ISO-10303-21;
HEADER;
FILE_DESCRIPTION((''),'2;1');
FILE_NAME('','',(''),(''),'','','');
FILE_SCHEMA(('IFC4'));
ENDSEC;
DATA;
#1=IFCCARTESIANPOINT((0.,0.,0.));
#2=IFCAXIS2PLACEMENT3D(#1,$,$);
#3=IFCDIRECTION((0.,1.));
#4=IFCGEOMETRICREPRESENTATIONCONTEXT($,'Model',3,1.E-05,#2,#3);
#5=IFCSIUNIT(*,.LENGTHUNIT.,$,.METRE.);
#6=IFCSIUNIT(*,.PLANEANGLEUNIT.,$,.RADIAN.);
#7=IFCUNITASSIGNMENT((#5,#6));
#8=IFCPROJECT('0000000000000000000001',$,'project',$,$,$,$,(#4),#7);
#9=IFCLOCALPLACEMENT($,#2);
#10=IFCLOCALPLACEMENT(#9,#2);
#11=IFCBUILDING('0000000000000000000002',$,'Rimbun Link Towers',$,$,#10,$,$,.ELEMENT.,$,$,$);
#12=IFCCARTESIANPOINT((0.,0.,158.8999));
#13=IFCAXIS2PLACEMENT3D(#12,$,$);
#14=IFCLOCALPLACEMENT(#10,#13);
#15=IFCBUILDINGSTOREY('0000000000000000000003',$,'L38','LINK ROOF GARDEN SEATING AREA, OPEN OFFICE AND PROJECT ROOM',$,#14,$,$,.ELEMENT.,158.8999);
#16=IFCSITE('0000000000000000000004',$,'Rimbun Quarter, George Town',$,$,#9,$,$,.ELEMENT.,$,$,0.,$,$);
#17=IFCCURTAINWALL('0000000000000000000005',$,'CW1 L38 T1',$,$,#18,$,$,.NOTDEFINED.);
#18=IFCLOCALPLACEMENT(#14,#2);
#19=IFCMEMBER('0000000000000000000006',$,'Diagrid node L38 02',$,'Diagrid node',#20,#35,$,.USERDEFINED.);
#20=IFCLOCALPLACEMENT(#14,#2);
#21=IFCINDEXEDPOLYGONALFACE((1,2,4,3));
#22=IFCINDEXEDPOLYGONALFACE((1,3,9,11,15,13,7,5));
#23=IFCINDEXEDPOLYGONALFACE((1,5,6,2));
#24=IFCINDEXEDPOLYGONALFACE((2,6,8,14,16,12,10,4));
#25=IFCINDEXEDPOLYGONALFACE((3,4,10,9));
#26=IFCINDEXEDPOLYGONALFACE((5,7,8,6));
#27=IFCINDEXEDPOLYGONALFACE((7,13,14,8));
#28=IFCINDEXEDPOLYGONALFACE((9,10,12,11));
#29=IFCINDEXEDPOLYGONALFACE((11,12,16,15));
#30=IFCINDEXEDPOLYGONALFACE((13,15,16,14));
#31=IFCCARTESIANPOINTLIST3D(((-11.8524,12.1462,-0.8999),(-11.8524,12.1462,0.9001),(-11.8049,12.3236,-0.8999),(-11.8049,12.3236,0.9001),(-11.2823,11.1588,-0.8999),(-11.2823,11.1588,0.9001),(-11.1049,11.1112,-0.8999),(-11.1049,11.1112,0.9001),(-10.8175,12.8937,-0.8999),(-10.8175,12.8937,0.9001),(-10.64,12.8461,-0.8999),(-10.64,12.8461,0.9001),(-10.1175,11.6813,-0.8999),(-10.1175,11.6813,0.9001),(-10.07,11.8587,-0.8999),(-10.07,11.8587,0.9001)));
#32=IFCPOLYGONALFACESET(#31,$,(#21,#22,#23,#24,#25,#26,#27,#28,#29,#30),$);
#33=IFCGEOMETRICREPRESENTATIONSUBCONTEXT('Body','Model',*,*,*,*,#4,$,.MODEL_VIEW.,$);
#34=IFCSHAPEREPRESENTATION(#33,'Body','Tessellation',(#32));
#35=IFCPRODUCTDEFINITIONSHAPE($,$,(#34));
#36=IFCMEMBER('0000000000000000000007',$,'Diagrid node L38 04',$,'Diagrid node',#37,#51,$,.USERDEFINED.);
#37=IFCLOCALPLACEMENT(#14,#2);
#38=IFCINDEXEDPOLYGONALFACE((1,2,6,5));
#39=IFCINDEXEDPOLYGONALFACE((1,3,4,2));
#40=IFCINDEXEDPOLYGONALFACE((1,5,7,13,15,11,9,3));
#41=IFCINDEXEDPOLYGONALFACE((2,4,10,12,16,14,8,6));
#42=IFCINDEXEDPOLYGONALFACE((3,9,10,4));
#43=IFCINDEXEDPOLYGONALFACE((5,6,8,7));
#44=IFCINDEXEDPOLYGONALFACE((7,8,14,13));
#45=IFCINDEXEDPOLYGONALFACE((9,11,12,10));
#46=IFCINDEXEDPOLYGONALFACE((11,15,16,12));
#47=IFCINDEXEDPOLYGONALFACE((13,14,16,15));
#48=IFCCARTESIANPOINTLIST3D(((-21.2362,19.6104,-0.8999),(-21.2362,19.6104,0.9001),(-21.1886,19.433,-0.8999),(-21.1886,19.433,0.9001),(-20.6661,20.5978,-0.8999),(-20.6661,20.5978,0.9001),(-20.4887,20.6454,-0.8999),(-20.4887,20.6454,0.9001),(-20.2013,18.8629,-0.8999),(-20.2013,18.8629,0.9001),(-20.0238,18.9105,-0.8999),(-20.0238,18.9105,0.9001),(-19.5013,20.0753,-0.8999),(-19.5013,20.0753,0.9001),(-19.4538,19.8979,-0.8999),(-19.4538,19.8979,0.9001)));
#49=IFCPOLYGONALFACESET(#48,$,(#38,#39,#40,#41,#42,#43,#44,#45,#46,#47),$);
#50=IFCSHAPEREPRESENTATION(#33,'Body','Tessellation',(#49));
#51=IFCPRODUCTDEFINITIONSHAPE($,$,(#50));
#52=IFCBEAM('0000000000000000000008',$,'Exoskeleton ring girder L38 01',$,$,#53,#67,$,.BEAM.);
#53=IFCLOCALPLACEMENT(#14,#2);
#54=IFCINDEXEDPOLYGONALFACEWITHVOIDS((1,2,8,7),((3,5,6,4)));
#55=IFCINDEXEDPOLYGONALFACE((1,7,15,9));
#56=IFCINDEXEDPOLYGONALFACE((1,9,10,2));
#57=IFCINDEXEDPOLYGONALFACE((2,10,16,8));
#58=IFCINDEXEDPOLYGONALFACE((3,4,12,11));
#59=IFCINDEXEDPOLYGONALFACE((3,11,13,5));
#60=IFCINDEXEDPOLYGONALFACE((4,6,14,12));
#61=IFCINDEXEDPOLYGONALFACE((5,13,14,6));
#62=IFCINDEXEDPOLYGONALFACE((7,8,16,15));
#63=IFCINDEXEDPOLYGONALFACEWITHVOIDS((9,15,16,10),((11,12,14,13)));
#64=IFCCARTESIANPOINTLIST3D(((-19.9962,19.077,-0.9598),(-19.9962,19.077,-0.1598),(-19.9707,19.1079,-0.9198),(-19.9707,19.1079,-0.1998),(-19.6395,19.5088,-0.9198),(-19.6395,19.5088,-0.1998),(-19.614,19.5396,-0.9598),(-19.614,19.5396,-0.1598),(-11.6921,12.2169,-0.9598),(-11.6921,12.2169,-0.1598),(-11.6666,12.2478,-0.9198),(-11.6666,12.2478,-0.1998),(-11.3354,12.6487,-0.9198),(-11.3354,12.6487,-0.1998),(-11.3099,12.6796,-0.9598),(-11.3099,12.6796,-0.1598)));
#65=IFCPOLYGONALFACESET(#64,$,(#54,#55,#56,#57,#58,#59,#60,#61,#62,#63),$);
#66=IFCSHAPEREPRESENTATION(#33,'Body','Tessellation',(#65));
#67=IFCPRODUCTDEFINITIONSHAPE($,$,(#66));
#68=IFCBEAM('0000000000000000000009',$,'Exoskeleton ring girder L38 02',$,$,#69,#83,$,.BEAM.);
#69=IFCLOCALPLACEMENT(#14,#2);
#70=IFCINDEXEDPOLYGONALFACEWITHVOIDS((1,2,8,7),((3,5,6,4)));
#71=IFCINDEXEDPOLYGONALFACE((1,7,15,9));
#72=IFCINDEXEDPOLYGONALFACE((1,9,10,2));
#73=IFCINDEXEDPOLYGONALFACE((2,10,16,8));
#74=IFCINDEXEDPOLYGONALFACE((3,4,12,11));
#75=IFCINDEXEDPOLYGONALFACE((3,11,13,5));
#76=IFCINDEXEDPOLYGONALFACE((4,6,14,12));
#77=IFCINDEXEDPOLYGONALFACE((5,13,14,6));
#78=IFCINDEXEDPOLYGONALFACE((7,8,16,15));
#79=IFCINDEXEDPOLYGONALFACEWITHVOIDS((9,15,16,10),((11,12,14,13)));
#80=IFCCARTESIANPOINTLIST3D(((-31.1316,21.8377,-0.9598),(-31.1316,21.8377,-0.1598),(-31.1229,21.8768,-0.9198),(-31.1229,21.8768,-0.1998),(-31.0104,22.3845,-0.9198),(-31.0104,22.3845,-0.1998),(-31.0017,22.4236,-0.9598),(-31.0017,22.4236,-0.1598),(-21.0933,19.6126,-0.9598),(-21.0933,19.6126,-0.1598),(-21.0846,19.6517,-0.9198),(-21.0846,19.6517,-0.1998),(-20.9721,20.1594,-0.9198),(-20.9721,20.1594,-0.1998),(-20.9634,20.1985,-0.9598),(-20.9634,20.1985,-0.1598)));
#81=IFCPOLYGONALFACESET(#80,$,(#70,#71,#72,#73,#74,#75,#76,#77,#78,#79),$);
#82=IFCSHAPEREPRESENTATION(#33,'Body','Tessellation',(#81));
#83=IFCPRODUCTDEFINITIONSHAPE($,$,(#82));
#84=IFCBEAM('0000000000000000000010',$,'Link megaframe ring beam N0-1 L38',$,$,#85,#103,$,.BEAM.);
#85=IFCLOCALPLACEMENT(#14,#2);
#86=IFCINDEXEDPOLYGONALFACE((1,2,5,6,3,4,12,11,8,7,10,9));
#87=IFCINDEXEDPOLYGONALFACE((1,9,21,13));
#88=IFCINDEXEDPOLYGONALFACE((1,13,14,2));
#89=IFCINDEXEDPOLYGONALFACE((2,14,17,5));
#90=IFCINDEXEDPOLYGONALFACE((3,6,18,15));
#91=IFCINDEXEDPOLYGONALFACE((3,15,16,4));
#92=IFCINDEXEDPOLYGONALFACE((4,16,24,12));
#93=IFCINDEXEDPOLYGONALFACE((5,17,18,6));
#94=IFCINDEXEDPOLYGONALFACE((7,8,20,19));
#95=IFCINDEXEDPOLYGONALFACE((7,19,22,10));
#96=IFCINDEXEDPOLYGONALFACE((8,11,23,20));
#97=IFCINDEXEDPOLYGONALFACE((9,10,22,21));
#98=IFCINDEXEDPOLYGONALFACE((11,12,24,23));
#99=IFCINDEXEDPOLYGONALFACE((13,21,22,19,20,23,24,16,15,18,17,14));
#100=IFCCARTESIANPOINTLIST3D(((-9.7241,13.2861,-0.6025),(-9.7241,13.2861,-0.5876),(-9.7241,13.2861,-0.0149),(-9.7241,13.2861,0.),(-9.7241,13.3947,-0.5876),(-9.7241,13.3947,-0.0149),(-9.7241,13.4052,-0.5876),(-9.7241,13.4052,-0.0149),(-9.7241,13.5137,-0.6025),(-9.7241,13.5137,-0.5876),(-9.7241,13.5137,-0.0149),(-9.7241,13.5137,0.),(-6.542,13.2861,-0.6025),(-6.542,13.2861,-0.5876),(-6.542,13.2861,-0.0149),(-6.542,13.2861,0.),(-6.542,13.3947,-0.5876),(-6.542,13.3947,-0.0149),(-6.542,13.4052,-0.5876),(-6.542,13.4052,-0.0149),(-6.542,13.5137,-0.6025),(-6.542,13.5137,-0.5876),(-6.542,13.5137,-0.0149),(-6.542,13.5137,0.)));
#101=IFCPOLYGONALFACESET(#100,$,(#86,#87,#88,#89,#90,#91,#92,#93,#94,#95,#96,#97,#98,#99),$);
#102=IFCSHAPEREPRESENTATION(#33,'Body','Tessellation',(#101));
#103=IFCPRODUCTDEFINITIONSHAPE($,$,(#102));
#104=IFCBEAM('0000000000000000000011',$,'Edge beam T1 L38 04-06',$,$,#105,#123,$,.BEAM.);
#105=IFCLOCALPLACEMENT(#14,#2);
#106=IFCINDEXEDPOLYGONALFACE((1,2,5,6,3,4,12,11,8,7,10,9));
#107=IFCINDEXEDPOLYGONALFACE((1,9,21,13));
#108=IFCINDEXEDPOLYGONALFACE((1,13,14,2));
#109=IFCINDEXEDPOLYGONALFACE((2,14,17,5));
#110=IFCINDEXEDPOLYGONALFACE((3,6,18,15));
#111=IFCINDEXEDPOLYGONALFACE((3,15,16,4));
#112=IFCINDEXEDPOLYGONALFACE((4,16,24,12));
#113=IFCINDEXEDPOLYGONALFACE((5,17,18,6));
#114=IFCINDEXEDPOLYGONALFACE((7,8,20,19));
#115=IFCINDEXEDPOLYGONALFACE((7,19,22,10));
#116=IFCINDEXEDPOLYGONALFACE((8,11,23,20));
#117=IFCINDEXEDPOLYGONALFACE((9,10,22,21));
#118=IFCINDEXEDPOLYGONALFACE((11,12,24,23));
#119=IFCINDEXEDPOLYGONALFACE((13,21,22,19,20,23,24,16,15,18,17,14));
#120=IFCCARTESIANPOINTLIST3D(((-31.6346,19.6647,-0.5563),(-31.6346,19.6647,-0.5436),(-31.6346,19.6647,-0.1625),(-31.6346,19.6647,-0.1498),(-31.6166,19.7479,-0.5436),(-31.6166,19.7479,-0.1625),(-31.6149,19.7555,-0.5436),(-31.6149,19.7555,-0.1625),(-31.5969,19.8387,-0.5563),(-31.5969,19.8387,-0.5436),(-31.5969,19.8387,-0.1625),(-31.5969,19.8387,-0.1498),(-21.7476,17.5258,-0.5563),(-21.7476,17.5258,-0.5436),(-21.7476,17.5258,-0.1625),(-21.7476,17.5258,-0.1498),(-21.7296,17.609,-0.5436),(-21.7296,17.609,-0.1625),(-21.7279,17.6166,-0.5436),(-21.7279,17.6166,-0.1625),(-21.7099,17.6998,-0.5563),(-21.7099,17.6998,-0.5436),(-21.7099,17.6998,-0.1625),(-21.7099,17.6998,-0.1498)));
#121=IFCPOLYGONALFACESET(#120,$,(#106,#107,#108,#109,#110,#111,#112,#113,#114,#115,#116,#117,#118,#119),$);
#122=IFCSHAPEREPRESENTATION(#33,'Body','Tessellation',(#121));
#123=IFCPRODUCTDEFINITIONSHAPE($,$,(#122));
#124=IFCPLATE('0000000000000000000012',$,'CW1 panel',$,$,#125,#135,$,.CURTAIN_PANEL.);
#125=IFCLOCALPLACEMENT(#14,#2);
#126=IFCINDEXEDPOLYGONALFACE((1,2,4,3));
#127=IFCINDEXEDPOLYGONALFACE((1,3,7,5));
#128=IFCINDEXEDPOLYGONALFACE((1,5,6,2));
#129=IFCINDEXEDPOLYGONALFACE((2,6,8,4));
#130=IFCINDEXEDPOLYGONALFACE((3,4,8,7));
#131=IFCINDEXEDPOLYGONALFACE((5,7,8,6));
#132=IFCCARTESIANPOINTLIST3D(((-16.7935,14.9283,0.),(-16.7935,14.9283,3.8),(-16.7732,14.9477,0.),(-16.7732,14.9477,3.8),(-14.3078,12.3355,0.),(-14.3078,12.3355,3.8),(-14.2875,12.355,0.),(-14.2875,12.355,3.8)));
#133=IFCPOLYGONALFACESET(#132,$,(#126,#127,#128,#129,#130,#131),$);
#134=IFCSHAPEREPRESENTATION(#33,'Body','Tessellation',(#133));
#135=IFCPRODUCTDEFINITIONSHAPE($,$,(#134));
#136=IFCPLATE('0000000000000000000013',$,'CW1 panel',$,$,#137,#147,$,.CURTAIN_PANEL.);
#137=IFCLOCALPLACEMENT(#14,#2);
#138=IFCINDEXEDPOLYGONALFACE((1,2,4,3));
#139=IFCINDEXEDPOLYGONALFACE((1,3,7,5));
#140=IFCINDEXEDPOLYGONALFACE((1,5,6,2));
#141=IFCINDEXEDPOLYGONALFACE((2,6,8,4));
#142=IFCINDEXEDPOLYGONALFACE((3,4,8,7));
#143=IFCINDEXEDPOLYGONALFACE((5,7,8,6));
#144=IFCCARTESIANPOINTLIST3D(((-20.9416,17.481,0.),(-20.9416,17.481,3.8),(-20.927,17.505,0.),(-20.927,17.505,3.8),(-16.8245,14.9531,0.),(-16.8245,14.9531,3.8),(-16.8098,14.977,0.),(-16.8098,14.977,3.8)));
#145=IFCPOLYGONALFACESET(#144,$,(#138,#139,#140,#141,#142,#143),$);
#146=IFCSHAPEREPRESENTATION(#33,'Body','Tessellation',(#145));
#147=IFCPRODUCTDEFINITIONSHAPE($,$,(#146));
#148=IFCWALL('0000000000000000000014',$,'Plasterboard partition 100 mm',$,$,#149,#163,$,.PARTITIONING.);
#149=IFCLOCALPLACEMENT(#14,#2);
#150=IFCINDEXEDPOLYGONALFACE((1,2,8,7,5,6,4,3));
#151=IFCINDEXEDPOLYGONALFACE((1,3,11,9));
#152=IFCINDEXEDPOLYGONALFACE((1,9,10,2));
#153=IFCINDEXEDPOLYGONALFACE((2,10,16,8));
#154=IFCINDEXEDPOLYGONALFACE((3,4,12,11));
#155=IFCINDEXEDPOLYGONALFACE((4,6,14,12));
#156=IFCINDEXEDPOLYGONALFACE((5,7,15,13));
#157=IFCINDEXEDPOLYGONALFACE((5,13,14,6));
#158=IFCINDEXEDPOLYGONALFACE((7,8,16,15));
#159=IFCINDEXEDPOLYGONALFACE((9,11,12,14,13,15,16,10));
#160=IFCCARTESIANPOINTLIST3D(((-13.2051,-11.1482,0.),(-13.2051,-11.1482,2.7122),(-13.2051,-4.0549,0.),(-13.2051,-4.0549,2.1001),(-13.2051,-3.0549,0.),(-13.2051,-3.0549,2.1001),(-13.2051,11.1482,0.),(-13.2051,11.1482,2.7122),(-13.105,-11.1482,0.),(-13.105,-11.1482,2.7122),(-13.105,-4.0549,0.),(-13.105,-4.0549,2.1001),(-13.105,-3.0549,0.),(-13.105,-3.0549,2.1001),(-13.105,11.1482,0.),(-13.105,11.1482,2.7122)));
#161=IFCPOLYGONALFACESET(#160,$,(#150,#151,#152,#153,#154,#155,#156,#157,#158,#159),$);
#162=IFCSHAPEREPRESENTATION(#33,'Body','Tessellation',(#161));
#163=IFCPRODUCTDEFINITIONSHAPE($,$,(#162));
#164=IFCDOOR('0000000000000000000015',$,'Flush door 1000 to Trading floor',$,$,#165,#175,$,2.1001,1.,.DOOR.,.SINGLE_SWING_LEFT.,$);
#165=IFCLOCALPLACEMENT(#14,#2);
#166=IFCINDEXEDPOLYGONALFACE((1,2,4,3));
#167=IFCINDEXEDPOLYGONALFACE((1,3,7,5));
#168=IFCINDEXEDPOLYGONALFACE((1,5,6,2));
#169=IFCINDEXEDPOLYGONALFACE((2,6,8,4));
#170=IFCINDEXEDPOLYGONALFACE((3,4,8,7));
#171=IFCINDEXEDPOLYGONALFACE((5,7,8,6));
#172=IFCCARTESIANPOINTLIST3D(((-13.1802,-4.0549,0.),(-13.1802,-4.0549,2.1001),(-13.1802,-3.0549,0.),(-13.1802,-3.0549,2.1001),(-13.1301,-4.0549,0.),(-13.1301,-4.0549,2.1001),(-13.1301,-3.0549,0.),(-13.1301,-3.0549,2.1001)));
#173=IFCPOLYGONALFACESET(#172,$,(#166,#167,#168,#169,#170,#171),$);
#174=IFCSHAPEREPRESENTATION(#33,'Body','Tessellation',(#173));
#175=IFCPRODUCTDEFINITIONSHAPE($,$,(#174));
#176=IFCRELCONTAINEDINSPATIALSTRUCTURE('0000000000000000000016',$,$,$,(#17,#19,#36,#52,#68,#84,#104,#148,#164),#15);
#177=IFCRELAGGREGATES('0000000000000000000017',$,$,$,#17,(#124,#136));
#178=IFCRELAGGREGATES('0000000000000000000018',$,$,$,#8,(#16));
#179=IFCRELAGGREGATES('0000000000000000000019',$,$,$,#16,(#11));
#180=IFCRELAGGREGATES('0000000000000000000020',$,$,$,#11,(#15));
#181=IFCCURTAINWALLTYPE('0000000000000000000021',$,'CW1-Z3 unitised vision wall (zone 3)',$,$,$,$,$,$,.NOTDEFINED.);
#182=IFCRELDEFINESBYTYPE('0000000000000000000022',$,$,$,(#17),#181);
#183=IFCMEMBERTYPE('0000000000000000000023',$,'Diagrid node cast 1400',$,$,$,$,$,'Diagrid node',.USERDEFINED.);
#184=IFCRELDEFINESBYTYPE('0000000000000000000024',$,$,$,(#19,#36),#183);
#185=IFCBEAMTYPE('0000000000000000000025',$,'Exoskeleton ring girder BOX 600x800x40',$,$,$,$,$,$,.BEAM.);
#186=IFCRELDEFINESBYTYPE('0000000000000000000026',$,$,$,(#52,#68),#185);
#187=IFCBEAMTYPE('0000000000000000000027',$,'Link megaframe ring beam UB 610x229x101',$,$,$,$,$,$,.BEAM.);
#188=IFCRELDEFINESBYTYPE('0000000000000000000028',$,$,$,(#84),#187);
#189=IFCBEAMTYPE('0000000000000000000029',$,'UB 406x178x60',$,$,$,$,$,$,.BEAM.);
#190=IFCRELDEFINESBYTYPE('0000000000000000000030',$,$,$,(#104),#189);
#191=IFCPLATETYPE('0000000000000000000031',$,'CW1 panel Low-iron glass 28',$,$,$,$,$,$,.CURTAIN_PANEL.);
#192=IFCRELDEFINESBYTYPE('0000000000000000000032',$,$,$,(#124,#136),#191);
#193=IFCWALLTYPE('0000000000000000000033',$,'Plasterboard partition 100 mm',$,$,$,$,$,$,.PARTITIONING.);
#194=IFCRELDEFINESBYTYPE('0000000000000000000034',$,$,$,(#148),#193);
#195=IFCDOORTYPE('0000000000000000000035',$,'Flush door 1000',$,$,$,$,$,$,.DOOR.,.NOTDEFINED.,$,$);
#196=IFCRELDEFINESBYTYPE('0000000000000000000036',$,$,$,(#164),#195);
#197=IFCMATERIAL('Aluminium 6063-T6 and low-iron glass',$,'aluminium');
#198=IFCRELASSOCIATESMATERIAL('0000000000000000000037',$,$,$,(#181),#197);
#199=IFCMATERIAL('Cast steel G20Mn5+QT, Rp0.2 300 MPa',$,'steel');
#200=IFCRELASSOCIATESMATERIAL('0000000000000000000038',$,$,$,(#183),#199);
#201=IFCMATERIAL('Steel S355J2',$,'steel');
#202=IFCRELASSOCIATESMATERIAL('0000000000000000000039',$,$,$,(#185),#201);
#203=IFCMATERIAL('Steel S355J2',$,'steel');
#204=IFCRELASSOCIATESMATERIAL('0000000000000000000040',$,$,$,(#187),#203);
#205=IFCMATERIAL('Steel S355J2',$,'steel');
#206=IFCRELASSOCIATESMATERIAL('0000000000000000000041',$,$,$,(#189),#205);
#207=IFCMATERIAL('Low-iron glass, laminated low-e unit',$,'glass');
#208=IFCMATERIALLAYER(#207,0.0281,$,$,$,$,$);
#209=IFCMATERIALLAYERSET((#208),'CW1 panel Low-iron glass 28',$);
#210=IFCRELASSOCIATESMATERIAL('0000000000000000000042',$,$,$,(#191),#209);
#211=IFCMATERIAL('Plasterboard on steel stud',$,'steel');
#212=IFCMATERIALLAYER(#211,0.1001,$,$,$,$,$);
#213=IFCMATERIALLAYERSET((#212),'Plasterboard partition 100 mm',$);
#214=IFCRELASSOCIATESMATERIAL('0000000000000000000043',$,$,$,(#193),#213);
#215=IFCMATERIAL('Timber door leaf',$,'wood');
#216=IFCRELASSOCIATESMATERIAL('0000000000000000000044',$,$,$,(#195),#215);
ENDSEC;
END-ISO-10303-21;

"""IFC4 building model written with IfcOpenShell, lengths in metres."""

from ifc_helpers import new_model, si_unit, direction, frame, frame_2d, origin, origin_2d, place, context, subcontext, project, spatial, polyline, rectangle, hollow_rectangle, i_section, outline, extrude, material, layer, layer_set, material_profile, profile_set, type_object, element, fill, aggregate, save


model = new_model("IFC4")

# Units and contexts
model_context = context("Model", 3, precision=1e-05, world=origin(), true_north=direction((0.0, 1.0)))
body_context = subcontext(model_context, "Body", "Model", "MODEL_VIEW")
ifc_project = project(units=[si_unit("LENGTHUNIT", "METRE"), si_unit("PLANEANGLEUNIT", "RADIAN")], contexts=[model_context])

# Site, building, storey
site_placement = place(None, origin())
site = spatial("IfcSite", under=ifc_project, at=site_placement, Name="Rimbun Quarter, George Town", CompositionType="ELEMENT", RefElevation=0.0)
building_placement = place(site_placement, origin())
building = spatial("IfcBuilding", under=site, at=building_placement, Name="Rimbun Link Towers", CompositionType="ELEMENT")
storey_placement = place(building_placement, frame((0.0, 0.0, 158.8999)))
storey = spatial("IfcBuildingStorey", under=building, at=storey_placement, Name="L38", Description="LINK ROOF GARDEN SEATING AREA, OPEN OFFICE AND PROJECT ROOM", CompositionType="ELEMENT", Elevation=158.8999)

# Curtain wall
ifc_material_1 = material(Name="Aluminium 6063-T6 and low-iron glass", Category="aluminium")
curtain_wall_type = type_object("IfcCurtainWallType", Name="CW1-Z3 unitised vision wall (zone 3)", PredefinedType="NOTDEFINED", material=ifc_material_1)
curtain_wall_placement = place(storey_placement, origin())
curtain_wall = element("IfcCurtainWall", 1, at=curtain_wall_placement, inside=storey, type_object=curtain_wall_type, Name="CW1 L38 T1", PredefinedType="NOTDEFINED")

# Members
ifc_material_2 = material(Name="Cast steel G20Mn5+QT, Rp0.2 300 MPa", Category="steel")
ifc_material_profile_1 = material_profile(ifc_material_2, outline(polyline([(0.7, -0.5701), (0.7, 0.5701), (0.5701, 0.7), (-0.5701, 0.7), (-0.7, 0.5701), (-0.7, -0.5701), (-0.5701, -0.7), (0.5701, -0.7), (0.7, -0.5701)])), Name="NODE 1400x1400")
ifc_profile_set_1 = profile_set([ifc_material_profile_1], Name="Cast steel G20Mn5+QT, Rp0.2 300 MPa")
member_type_1 = type_object("IfcMemberType", Name="Diagrid node cast 1400", ElementType="Diagrid node", PredefinedType="USERDEFINED", material=ifc_profile_set_1)
for number, where, z_axis, x_axis, name in (
    (2, (-10.9612, 12.0024, -0.8999), (0.0, 0.0, 1.0), (0.866025, 0.5, 0.0), "Diagrid node L38 02"),
    (3, (-20.345, 19.7542, -0.8999), (0.0, 0.0, 1.0), (0.5, 0.866025, 0.0), "Diagrid node L38 04"),
):
    element("IfcMember", number, at=place(storey_placement, frame(where, z_axis=z_axis, x_axis=x_axis)), inside=storey, type_object=member_type_1, Name=name, ObjectType="Diagrid node", PredefinedType="USERDEFINED", context=body_context, shape_type="SweptSolid", body=[
        extrude(outline(polyline([(0.7, -0.5701), (0.7, 0.5701), (0.5701, 0.7), (-0.5701, 0.7), (-0.7, 0.5701), (-0.7, -0.5701), (-0.5701, -0.7), (0.5701, -0.7), (0.7, -0.5701)])), origin(), (0.0, 0.0, 1.0), 1.8),
    ])

# Beams
ifc_material_3 = material(Name="Steel S355J2", Category="steel")
ifc_material_profile_2 = material_profile(ifc_material_3, hollow_rectangle(XDim=0.6001, YDim=0.8, WallThickness=0.04, at=origin_2d()), Name="Exoskeleton ring girder BOX 600x800x40")
ifc_profile_set_2 = profile_set([ifc_material_profile_2], Name="Steel S355J2")
beam_type_1 = type_object("IfcBeamType", Name="Exoskeleton ring girder BOX 600x800x40", PredefinedType="BEAM", material=ifc_profile_set_2)
beam_1_placement = place(storey_placement, frame((-11.501, 12.4482, -0.5598), z_axis=(-0.770956, 0.636888, 0.0), x_axis=(-0.636888, -0.770956, 0.0)))
element("IfcBeam", 4, at=beam_1_placement, inside=storey, type_object=beam_type_1, Name="Exoskeleton ring girder L38 01", PredefinedType="BEAM", context=body_context, shape_type="SweptSolid", body=[
    extrude(hollow_rectangle(XDim=0.6001, YDim=0.8, WallThickness=0.04, at=origin_2d()), origin(), (0.0, 0.0, 1.0), 10.7712),
])
beam_2_placement = place(storey_placement, frame((-21.0283, 19.9055, -0.5598), z_axis=(-0.976303, 0.216407, 0.0), x_axis=(-0.216407, -0.976303, 0.0)))
element("IfcBeam", 5, at=beam_2_placement, inside=storey, type_object=beam_type_1, Name="Exoskeleton ring girder L38 02", PredefinedType="BEAM", context=body_context, shape_type="SweptSolid", body=[
    extrude(hollow_rectangle(XDim=0.6001, YDim=0.8, WallThickness=0.04, at=origin_2d()), origin(), (0.0, 0.0, 1.0), 10.282),
])
ifc_material_4 = material(Name="Steel S355J2", Category="steel")
ifc_material_profile_3 = material_profile(ifc_material_4, i_section(OverallWidth=0.2275, OverallDepth=0.6025, WebThickness=0.0105, FlangeThickness=0.0149, at=origin_2d()), Name="UB 610x229x101")
ifc_profile_set_3 = profile_set([ifc_material_profile_3], Name="Steel S355J2")
beam_type_2 = type_object("IfcBeamType", Name="Link megaframe ring beam UB 610x229x101", PredefinedType="BEAM", material=ifc_profile_set_3)
beam_3_placement = place(storey_placement, frame((-9.7241, 13.3999, -0.3013), z_axis=(1.0, 0.0, 0.0), x_axis=(0.0, 1.0, 0.0)))
element("IfcBeam", 6, at=beam_3_placement, inside=storey, type_object=beam_type_2, Name="Link megaframe ring beam N0-1 L38", PredefinedType="BEAM", context=body_context, shape_type="SweptSolid", body=[
    extrude(i_section(OverallWidth=0.2275, OverallDepth=0.6025, WebThickness=0.0105, FlangeThickness=0.0149, at=origin_2d()), origin(), (0.0, 0.0, 1.0), 3.1821),
])
ifc_material_5 = material(Name="Steel S355J2", Category="steel")
ifc_material_profile_4 = material_profile(ifc_material_5, i_section(OverallWidth=0.178, OverallDepth=0.4065, WebThickness=0.0078, FlangeThickness=0.0127, at=origin_2d()), Name="UB 406x178x60")
ifc_profile_set_4 = profile_set([ifc_material_profile_4], Name="Steel S355J2")
beam_type_3 = type_object("IfcBeamType", Name="UB 406x178x60", PredefinedType="BEAM", material=ifc_profile_set_4)
beam_4_placement = place(storey_placement, frame((-21.7288, 17.6128, -0.353), z_axis=(-0.97739, 0.211446, 0.0), x_axis=(-0.211446, -0.97739, 0.0)))
element("IfcBeam", 7, at=beam_4_placement, inside=storey, type_object=beam_type_3, Name="Edge beam T1 L38 04-06", PredefinedType="BEAM", context=body_context, shape_type="SweptSolid", body=[
    extrude(i_section(OverallWidth=0.178, OverallDepth=0.4065, WebThickness=0.0078, FlangeThickness=0.0127, at=origin_2d()), origin(), (0.0, 0.0, 1.0), 10.1157),
])

# Plates
ifc_material_6 = material(Name="Low-iron glass, laminated low-e unit", Category="glass")
ifc_layer_1 = layer(ifc_material_6, 0.0281)
ifc_layer_set_1 = layer_set([ifc_layer_1], Name="CW1 panel Low-iron glass 28")
plate_type = type_object("IfcPlateType", Name="CW1 panel Low-iron glass 28", PredefinedType="CURTAIN_PANEL", material=ifc_layer_set_1)
plate_1_placement = place(storey_placement, frame((-15.5405, 13.6416, 0.0), z_axis=(0.0, 0.0, 1.0), x_axis=(0.692052, -0.721847, 0.0)))
plate_1 = element("IfcPlate", 8, at=plate_1_placement, type_object=plate_type, Name="CW1 panel", PredefinedType="CURTAIN_PANEL", context=body_context, shape_type="SweptSolid", body=[
    extrude(rectangle(XDim=3.5918, YDim=0.0281, at=origin_2d()), origin(), (0.0, 0.0, 1.0), 3.8),
])
plate_2_placement = place(storey_placement, frame((-18.8757, 16.229, 0.0), z_axis=(0.0, 0.0, 1.0), x_axis=(0.852179, -0.52325, 0.0)))
plate_2 = element("IfcPlate", 9, at=plate_2_placement, type_object=plate_type, Name="CW1 panel", PredefinedType="CURTAIN_PANEL", context=body_context, shape_type="SweptSolid", body=[
    extrude(rectangle(XDim=4.8313, YDim=0.0281, at=origin_2d()), origin(), (0.0, 0.0, 1.0), 3.8),
])
aggregate(curtain_wall, [plate_1, plate_2])

# Wall, opening, door
ifc_material_7 = material(Name="Plasterboard on steel stud", Category="steel")
ifc_layer_2 = layer(ifc_material_7, 0.1001)
ifc_layer_set_2 = layer_set([ifc_layer_2], Name="Plasterboard partition 100 mm")
wall_type = type_object("IfcWallType", Name="Plasterboard partition 100 mm", PredefinedType="PARTITIONING", material=ifc_layer_set_2)
wall_1_placement = place(storey_placement, frame((-13.155, 11.1482, 0.0), z_axis=(0.0, 0.0, 1.0), x_axis=(0.0, -1.0, 0.0)))
wall_1 = element("IfcWall", 10, at=wall_1_placement, inside=storey, type_object=wall_type, Name="Plasterboard partition 100 mm", PredefinedType="PARTITIONING", context=body_context, shape_type="SweptSolid", body=[
    extrude(rectangle(XDim=22.2964, YDim=0.1001, at=frame_2d((11.1482, 0.0))), origin(), (0.0, 0.0, 1.0), 2.7122),
])
opening_1_placement = place(wall_1_placement, frame((14.2031, 0.0, 0.0)))
opening_1 = element("IfcOpeningElement", 11, at=opening_1_placement, cuts=wall_1, PredefinedType="OPENING", context=body_context, shape_type="SweptSolid", body=[
    extrude(rectangle(XDim=1.0, YDim=2.1001, at=frame_2d((0.5, 1.05))), frame((0.0, 0.0601, 0.0), z_axis=(0.0, -1.0, 0.0), x_axis=(1.0, 0.0, 0.0)), (0.0, 0.0, 1.0), 0.1201),
])
ifc_material_8 = material(Name="Timber door leaf", Category="wood")
door_type = type_object("IfcDoorType", Name="Flush door 1000", OperationType="NOTDEFINED", PredefinedType="DOOR", material=ifc_material_8)
door_1_placement = place(opening_1_placement, origin())
door_1 = element("IfcDoor", 12, at=door_1_placement, inside=storey, type_object=door_type, Name="Flush door 1000 to Trading floor", OperationType="SINGLE_SWING_LEFT", OverallHeight=2.1001, OverallWidth=1.0, PredefinedType="DOOR", context=body_context, shape_type="SweptSolid", body=[
    extrude(rectangle(XDim=1.0, YDim=2.1001, at=frame_2d((0.5, 1.05))), frame((0.0, 0.0249, 0.0), z_axis=(0.0, -1.0, 0.0), x_axis=(1.0, 0.0, 0.0)), (0.0, 0.0, 1.0), 0.05),
])
fill(opening_1, door_1)

save(model, "model.ifc")
